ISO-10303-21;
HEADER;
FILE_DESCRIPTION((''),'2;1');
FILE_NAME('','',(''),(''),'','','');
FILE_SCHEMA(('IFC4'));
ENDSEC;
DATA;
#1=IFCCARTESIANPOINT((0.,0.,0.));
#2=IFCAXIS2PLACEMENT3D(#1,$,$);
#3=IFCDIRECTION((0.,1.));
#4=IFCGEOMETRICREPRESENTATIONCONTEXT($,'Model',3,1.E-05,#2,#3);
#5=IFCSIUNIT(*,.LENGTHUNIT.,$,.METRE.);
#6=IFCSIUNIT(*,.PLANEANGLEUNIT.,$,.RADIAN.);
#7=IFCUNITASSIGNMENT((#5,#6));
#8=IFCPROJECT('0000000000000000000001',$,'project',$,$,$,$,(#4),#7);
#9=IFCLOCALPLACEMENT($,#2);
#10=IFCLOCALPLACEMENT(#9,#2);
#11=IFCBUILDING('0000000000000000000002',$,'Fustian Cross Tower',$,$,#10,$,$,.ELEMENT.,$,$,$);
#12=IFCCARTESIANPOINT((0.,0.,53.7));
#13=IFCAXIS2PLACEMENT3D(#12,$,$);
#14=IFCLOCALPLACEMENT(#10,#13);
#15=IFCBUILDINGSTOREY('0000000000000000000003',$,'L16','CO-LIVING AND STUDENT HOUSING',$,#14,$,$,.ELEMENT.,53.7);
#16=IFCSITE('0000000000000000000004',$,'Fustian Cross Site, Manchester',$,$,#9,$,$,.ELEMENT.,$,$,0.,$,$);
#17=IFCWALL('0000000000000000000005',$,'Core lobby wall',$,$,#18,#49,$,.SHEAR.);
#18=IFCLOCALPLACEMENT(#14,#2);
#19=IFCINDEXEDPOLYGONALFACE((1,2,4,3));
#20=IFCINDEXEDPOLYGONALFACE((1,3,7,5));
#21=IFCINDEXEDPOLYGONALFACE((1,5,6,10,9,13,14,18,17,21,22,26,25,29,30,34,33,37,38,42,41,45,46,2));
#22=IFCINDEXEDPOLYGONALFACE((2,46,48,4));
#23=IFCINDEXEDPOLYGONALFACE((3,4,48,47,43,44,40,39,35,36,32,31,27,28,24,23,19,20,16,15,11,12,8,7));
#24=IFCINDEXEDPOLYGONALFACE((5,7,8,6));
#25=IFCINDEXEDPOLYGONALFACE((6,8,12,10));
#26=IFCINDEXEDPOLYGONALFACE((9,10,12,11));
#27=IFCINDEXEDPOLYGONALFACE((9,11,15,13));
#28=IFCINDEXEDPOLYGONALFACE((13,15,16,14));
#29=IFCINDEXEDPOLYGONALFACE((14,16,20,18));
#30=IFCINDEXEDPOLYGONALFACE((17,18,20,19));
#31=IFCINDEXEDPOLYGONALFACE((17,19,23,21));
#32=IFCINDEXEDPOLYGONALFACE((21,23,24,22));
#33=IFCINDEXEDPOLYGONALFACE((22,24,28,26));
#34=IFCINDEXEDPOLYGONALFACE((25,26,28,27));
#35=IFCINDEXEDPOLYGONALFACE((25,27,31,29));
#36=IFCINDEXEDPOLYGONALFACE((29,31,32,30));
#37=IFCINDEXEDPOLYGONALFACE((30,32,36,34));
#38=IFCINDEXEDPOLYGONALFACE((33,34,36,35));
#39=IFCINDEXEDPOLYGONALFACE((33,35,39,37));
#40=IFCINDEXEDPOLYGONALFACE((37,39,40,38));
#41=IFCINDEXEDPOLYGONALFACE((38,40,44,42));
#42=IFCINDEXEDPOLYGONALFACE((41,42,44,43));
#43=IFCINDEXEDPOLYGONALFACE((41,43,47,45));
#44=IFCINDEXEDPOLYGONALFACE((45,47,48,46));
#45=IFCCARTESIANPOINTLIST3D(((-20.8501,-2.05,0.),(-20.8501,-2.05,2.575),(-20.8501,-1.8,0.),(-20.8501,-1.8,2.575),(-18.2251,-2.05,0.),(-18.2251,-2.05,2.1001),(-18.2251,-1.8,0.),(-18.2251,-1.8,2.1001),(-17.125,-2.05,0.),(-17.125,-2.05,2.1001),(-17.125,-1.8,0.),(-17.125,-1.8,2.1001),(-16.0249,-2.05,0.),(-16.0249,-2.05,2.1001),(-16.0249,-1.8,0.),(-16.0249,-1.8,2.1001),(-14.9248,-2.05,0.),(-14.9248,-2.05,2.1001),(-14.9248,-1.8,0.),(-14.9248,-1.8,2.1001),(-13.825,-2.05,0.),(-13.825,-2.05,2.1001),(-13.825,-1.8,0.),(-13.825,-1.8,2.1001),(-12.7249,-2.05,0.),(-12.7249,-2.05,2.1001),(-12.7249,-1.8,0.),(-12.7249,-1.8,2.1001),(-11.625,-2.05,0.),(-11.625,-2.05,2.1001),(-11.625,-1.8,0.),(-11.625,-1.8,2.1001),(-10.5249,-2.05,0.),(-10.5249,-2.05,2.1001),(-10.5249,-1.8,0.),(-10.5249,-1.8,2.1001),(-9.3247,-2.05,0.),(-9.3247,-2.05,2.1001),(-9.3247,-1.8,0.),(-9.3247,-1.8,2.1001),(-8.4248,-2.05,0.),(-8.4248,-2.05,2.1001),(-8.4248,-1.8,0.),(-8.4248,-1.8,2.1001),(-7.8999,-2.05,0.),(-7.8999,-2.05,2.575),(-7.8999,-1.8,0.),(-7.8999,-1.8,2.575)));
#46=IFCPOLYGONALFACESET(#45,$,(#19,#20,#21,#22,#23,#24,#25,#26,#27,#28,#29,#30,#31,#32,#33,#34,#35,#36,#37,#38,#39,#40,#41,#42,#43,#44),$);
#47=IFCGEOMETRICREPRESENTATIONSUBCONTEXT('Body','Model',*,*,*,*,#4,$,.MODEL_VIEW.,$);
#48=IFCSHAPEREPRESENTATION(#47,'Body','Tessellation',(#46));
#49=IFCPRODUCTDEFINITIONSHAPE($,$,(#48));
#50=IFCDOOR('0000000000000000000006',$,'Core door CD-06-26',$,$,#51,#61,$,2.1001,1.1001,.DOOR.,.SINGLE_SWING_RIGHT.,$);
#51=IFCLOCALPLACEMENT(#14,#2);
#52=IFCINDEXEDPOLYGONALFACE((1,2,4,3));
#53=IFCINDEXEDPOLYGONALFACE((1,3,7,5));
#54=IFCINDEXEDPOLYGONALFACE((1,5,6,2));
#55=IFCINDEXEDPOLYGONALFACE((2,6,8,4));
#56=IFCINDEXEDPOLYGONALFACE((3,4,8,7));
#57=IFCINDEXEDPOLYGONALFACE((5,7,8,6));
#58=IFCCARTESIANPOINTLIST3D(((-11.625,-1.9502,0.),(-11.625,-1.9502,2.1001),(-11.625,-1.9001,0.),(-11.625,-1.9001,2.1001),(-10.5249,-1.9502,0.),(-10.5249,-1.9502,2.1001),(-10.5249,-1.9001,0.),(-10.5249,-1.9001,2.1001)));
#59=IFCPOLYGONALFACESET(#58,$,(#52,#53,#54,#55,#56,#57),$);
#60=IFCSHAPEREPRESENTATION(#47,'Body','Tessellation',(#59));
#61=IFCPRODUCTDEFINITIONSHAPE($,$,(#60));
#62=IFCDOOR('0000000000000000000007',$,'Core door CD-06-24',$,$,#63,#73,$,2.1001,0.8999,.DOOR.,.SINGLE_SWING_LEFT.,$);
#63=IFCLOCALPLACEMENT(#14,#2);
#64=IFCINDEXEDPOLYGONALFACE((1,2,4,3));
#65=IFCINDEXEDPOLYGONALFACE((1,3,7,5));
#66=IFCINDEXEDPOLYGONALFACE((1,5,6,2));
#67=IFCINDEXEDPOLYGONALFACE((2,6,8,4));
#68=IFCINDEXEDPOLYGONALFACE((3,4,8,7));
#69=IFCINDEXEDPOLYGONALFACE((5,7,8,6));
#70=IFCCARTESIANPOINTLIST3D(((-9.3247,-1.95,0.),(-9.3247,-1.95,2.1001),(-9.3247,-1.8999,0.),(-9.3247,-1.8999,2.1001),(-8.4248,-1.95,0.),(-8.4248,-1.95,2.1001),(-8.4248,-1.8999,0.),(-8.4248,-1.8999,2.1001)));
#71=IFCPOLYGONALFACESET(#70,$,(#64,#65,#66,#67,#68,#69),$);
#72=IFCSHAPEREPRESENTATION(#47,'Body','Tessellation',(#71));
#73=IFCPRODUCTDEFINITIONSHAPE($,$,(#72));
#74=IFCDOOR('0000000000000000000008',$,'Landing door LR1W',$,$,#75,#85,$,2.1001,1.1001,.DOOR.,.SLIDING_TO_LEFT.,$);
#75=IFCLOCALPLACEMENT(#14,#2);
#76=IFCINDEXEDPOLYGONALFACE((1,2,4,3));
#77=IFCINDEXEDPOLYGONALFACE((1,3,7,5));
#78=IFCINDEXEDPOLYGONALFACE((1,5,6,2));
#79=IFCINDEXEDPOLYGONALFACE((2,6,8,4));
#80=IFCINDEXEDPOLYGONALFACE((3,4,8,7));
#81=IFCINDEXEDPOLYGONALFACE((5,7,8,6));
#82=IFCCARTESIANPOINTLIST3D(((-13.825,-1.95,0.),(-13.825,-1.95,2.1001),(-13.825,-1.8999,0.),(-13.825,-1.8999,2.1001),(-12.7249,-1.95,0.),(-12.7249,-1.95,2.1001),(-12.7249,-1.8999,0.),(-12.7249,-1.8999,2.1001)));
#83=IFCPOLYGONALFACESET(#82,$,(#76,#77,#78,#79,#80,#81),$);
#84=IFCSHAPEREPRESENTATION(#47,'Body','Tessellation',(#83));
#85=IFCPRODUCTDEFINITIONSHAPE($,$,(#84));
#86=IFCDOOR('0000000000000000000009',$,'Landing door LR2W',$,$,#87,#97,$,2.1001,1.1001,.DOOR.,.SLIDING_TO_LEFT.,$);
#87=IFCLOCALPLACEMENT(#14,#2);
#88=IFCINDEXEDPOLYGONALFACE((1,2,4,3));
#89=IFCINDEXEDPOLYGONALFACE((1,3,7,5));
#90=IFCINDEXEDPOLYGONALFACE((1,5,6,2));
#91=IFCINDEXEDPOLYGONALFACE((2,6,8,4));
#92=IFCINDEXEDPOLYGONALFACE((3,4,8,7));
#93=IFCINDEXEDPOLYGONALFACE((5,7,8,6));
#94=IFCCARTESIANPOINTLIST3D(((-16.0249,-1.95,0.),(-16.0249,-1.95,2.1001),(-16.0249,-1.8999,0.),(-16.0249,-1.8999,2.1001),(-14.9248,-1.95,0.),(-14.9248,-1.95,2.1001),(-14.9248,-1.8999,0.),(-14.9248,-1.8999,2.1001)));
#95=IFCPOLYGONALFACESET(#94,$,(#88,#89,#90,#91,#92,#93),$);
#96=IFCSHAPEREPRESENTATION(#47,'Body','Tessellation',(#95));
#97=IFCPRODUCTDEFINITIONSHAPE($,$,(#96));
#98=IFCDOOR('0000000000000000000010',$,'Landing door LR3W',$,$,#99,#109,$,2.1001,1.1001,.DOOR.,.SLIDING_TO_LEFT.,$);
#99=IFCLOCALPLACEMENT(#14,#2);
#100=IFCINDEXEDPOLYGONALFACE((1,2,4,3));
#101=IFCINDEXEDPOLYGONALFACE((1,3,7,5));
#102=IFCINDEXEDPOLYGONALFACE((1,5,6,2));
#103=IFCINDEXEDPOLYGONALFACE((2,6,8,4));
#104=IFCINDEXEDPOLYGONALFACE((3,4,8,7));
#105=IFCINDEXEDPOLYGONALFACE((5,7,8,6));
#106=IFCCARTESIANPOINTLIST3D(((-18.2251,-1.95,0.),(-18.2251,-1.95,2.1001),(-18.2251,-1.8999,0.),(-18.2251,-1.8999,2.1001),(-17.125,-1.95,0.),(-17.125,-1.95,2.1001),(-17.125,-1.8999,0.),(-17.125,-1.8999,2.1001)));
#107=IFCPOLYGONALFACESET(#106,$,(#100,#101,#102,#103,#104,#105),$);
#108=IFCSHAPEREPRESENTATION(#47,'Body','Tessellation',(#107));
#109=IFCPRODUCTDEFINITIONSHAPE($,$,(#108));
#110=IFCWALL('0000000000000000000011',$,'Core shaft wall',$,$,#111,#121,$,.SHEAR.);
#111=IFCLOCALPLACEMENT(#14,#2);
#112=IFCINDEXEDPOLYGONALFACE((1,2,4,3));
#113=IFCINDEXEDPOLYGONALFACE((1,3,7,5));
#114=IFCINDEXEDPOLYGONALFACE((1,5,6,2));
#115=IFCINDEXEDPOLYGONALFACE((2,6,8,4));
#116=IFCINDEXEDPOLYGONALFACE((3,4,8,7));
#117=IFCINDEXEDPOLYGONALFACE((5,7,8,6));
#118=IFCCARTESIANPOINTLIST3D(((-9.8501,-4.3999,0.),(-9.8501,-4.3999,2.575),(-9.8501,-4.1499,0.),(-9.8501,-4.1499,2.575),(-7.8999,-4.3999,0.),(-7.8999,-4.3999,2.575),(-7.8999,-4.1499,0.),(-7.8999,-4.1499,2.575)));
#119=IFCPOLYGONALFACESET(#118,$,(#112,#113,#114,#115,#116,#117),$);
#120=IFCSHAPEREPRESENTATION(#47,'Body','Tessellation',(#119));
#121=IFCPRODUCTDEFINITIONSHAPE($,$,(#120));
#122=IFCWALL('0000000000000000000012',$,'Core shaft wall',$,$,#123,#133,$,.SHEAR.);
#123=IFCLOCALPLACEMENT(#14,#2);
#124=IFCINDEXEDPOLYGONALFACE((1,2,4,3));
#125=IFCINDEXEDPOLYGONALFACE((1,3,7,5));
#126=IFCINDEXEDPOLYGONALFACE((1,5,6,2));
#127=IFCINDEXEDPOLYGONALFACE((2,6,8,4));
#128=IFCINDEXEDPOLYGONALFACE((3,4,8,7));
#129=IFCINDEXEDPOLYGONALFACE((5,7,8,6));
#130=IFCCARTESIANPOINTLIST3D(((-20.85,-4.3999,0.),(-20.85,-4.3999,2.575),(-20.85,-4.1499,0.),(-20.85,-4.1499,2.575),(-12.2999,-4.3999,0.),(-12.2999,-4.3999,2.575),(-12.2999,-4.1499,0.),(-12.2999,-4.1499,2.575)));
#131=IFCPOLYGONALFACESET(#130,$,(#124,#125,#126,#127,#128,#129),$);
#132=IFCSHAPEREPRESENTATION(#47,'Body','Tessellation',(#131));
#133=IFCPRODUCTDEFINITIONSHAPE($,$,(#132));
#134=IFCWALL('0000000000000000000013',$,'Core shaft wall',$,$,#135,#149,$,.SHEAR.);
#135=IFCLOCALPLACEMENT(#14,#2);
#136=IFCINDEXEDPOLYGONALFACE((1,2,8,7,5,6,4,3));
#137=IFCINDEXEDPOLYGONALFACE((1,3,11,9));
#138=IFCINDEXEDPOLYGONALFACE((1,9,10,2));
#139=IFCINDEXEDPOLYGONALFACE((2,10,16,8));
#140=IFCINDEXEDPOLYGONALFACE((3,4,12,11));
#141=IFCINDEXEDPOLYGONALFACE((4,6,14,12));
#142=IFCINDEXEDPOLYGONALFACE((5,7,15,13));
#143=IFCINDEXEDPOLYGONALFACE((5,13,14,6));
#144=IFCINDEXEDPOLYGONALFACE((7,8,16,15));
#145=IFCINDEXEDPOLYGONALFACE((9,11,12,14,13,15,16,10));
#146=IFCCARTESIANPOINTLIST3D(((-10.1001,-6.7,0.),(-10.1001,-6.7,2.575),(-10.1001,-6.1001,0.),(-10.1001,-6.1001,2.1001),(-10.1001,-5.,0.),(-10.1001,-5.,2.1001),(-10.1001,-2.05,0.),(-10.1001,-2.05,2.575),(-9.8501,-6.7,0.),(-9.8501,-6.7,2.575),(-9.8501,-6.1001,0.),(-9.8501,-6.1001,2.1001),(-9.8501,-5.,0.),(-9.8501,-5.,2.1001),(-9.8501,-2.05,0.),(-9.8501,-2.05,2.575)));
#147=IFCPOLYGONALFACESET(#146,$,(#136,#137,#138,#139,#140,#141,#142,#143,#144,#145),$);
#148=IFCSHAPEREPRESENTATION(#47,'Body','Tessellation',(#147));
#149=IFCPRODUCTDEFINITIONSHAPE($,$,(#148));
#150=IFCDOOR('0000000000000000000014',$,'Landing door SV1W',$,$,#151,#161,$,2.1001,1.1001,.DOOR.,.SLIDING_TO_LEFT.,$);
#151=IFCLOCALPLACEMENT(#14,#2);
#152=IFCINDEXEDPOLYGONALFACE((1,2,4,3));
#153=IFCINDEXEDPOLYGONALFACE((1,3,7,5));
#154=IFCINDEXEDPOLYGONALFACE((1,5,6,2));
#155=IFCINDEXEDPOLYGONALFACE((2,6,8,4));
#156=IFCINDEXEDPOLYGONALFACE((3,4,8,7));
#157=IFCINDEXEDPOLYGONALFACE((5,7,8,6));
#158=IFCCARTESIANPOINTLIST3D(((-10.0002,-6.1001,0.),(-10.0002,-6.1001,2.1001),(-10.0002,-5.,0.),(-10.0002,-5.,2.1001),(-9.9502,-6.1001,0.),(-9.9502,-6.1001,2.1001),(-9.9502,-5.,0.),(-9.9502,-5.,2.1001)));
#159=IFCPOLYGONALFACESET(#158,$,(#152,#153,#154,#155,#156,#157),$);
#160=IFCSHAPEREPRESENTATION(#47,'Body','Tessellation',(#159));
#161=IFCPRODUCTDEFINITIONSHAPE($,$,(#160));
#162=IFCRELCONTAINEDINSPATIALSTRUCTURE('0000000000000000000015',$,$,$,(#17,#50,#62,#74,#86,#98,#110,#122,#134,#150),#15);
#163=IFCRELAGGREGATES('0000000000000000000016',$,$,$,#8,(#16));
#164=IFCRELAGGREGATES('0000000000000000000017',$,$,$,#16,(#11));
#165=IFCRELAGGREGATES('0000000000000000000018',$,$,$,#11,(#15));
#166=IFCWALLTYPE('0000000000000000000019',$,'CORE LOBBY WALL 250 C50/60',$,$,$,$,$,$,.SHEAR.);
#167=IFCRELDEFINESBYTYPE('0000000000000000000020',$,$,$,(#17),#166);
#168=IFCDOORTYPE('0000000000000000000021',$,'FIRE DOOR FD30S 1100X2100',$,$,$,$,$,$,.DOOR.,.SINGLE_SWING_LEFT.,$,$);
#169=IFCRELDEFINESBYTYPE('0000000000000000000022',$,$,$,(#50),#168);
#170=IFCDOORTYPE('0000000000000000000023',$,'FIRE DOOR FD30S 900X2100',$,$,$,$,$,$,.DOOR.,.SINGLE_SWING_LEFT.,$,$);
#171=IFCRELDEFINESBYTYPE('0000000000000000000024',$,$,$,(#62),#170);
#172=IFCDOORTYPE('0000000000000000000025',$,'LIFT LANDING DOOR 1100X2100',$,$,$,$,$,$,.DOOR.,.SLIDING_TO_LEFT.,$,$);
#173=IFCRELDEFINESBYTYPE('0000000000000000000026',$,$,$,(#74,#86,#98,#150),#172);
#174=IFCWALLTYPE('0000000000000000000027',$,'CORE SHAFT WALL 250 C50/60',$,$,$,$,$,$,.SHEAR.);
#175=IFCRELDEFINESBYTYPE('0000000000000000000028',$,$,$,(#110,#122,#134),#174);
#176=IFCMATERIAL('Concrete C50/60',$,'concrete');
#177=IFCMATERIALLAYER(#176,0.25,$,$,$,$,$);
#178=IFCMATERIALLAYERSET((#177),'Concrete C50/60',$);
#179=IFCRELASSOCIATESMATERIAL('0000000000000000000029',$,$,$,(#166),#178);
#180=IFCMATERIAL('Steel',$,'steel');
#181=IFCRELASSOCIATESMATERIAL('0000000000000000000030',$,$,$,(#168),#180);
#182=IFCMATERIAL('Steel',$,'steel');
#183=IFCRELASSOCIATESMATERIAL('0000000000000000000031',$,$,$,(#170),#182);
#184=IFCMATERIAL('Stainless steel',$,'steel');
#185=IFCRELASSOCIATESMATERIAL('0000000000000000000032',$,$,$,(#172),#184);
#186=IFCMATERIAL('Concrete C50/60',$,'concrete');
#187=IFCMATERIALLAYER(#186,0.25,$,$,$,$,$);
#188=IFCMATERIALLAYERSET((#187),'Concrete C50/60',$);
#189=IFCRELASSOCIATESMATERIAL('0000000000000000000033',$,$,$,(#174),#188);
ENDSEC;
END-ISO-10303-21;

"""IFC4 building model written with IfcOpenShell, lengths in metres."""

from ifc_helpers import new_model, si_unit, direction, frame, frame_2d, origin, place, context, subcontext, project, spatial, rectangle, extrude, material, layer, layer_set, type_object, element, fill, save


model = new_model("IFC4")

# Units and contexts
model_context = context("Model", 3, precision=1e-05, world=origin(), true_north=direction((0.0, 1.0)))
body_context = subcontext(model_context, "Body", "Model", "MODEL_VIEW")
ifc_project = project(units=[si_unit("LENGTHUNIT", "METRE"), si_unit("PLANEANGLEUNIT", "RADIAN")], contexts=[model_context])

# Site, building, storey
site_placement = place(None, origin())
site = spatial("IfcSite", under=ifc_project, at=site_placement, Name="Fustian Cross Site, Manchester", CompositionType="ELEMENT", RefElevation=0.0)
building_placement = place(site_placement, origin())
building = spatial("IfcBuilding", under=site, at=building_placement, Name="Fustian Cross Tower", CompositionType="ELEMENT")
storey_placement = place(building_placement, frame((0.0, 0.0, 53.7)))
storey = spatial("IfcBuildingStorey", under=building, at=storey_placement, Name="L16", Description="CO-LIVING AND STUDENT HOUSING", CompositionType="ELEMENT", Elevation=53.7)

# Wall, openings, doors
ifc_material_1 = material(Name="Concrete C50/60", Category="concrete")
ifc_layer_1 = layer(ifc_material_1, 0.25)
ifc_layer_set_1 = layer_set([ifc_layer_1], Name="Concrete C50/60")
wall_type_1 = type_object("IfcWallType", Name="CORE LOBBY WALL 250 C50/60", PredefinedType="SHEAR", material=ifc_layer_set_1)
wall_1_placement = place(storey_placement, frame((-7.8999, -1.925, 0.0), z_axis=(0.0, 0.0, 1.0), x_axis=(-1.0, 0.0, 0.0)))
wall_1 = element("IfcWall", 1, at=wall_1_placement, inside=storey, type_object=wall_type_1, Name="Core lobby wall", PredefinedType="SHEAR", context=body_context, shape_type="SweptSolid", body=[
    extrude(rectangle(XDim=12.9502, YDim=0.25, at=frame_2d((6.4751, 0.0))), origin(), (0.0, 0.0, 1.0), 2.575),
])
opening_1_placement = place(wall_1_placement, frame((4.825, 0.0, 0.0)))
opening_1 = element("IfcOpeningElement", 2, at=opening_1_placement, cuts=wall_1, PredefinedType="OPENING", context=body_context, shape_type="SweptSolid", body=[
    extrude(rectangle(XDim=1.1001, YDim=2.1001, at=frame_2d((0.55, 1.05))), frame((0.0, 0.135, 0.0), z_axis=(0.0, -1.0, 0.0), x_axis=(1.0, 0.0, 0.0)), (0.0, 0.0, 1.0), 0.27),
])
opening_2_placement = place(wall_1_placement, frame((7.0249, 0.0, 0.0)))
opening_2 = element("IfcOpeningElement", 3, at=opening_2_placement, cuts=wall_1, PredefinedType="OPENING", context=body_context, shape_type="SweptSolid", body=[
    extrude(rectangle(XDim=1.1001, YDim=2.1001, at=frame_2d((0.55, 1.05))), frame((0.0, 0.135, 0.0), z_axis=(0.0, -1.0, 0.0), x_axis=(1.0, 0.0, 0.0)), (0.0, 0.0, 1.0), 0.27),
])
opening_3_placement = place(wall_1_placement, frame((9.2251, 0.0, 0.0)))
opening_3 = element("IfcOpeningElement", 4, at=opening_3_placement, cuts=wall_1, PredefinedType="OPENING", context=body_context, shape_type="SweptSolid", body=[
    extrude(rectangle(XDim=1.1001, YDim=2.1001, at=frame_2d((0.55, 1.05))), frame((0.0, 0.135, 0.0), z_axis=(0.0, -1.0, 0.0), x_axis=(1.0, 0.0, 0.0)), (0.0, 0.0, 1.0), 0.27),
])
opening_4_placement = place(wall_1_placement, frame((0.5249, 0.0, 0.0)))
opening_4 = element("IfcOpeningElement", 5, at=opening_4_placement, cuts=wall_1, PredefinedType="OPENING", context=body_context, shape_type="SweptSolid", body=[
    extrude(rectangle(XDim=0.8999, YDim=2.1001, at=frame_2d((0.45, 1.05))), frame((0.0, 0.135, 0.0), z_axis=(0.0, -1.0, 0.0), x_axis=(1.0, 0.0, 0.0)), (0.0, 0.0, 1.0), 0.27),
])
opening_5_placement = place(wall_1_placement, frame((2.625, 0.0, 0.0)))
opening_5 = element("IfcOpeningElement", 6, at=opening_5_placement, cuts=wall_1, PredefinedType="OPENING", context=body_context, shape_type="SweptSolid", body=[
    extrude(rectangle(XDim=1.1001, YDim=2.1001, at=frame_2d((0.55, 1.05))), frame((0.0, 0.135, 0.0), z_axis=(0.0, -1.0, 0.0), x_axis=(1.0, 0.0, 0.0)), (0.0, 0.0, 1.0), 0.27),
])
ifc_material_2 = material(Name="Steel", Category="steel")
door_type_1 = type_object("IfcDoorType", Name="FIRE DOOR FD30S 1100X2100", OperationType="SINGLE_SWING_LEFT", PredefinedType="DOOR", material=ifc_material_2)
door_1_placement = place(opening_5_placement, frame((1.1001, 0.0, 0.0), z_axis=(0.0, 0.0, 1.0), x_axis=(-1.0, 0.0, 0.0)))
door_1 = element("IfcDoor", 7, at=door_1_placement, inside=storey, type_object=door_type_1, Name="Core door CD-06-26", OperationType="SINGLE_SWING_RIGHT", OverallHeight=2.1001, OverallWidth=1.1001, PredefinedType="DOOR", context=body_context, shape_type="SweptSolid", body=[
    extrude(rectangle(XDim=1.1001, YDim=2.1001, at=frame_2d((0.55, 1.05))), frame((0.0, 0.0249, 0.0), z_axis=(0.0, -1.0, 0.0), x_axis=(1.0, 0.0, 0.0)), (0.0, 0.0, 1.0), 0.05),
])
fill(opening_5, door_1)
ifc_material_3 = material(Name="Steel", Category="steel")
door_type_2 = type_object("IfcDoorType", Name="FIRE DOOR FD30S 900X2100", OperationType="SINGLE_SWING_LEFT", PredefinedType="DOOR", material=ifc_material_3)
door_2_placement = place(opening_4_placement, origin())
door_2 = element("IfcDoor", 8, at=door_2_placement, inside=storey, type_object=door_type_2, Name="Core door CD-06-24", OperationType="SINGLE_SWING_LEFT", OverallHeight=2.1001, OverallWidth=0.8999, PredefinedType="DOOR", context=body_context, shape_type="SweptSolid", body=[
    extrude(rectangle(XDim=0.8999, YDim=2.1001, at=frame_2d((0.45, 1.05))), frame((0.0, 0.0249, 0.0), z_axis=(0.0, -1.0, 0.0), x_axis=(1.0, 0.0, 0.0)), (0.0, 0.0, 1.0), 0.05),
])
fill(opening_4, door_2)
ifc_material_4 = material(Name="Stainless steel", Category="steel")
door_type_3 = type_object("IfcDoorType", Name="LIFT LANDING DOOR 1100X2100", OperationType="SLIDING_TO_LEFT", PredefinedType="DOOR", material=ifc_material_4)
door_3_placement = place(opening_1_placement, origin())
door_3 = element("IfcDoor", 9, at=door_3_placement, inside=storey, type_object=door_type_3, Name="Landing door LR1W", OperationType="SLIDING_TO_LEFT", OverallHeight=2.1001, OverallWidth=1.1001, PredefinedType="DOOR", context=body_context, shape_type="SweptSolid", body=[
    extrude(rectangle(XDim=1.1001, YDim=2.1001, at=frame_2d((0.55, 1.05))), frame((0.0, 0.0249, 0.0), z_axis=(0.0, -1.0, 0.0), x_axis=(1.0, 0.0, 0.0)), (0.0, 0.0, 1.0), 0.05),
])
fill(opening_1, door_3)
door_4_placement = place(opening_2_placement, origin())
door_4 = element("IfcDoor", 10, at=door_4_placement, inside=storey, type_object=door_type_3, Name="Landing door LR2W", OperationType="SLIDING_TO_LEFT", OverallHeight=2.1001, OverallWidth=1.1001, PredefinedType="DOOR", context=body_context, shape_type="SweptSolid", body=[
    extrude(rectangle(XDim=1.1001, YDim=2.1001, at=frame_2d((0.55, 1.05))), frame((0.0, 0.0249, 0.0), z_axis=(0.0, -1.0, 0.0), x_axis=(1.0, 0.0, 0.0)), (0.0, 0.0, 1.0), 0.05),
])
fill(opening_2, door_4)
door_5_placement = place(opening_3_placement, origin())
door_5 = element("IfcDoor", 11, at=door_5_placement, inside=storey, type_object=door_type_3, Name="Landing door LR3W", OperationType="SLIDING_TO_LEFT", OverallHeight=2.1001, OverallWidth=1.1001, PredefinedType="DOOR", context=body_context, shape_type="SweptSolid", body=[
    extrude(rectangle(XDim=1.1001, YDim=2.1001, at=frame_2d((0.55, 1.05))), frame((0.0, 0.0249, 0.0), z_axis=(0.0, -1.0, 0.0), x_axis=(1.0, 0.0, 0.0)), (0.0, 0.0, 1.0), 0.05),
])
fill(opening_3, door_5)

# Walls
ifc_material_5 = material(Name="Concrete C50/60", Category="concrete")
ifc_layer_2 = layer(ifc_material_5, 0.25)
ifc_layer_set_2 = layer_set([ifc_layer_2], Name="Concrete C50/60")
wall_type_2 = type_object("IfcWallType", Name="CORE SHAFT WALL 250 C50/60", PredefinedType="SHEAR", material=ifc_layer_set_2)
wall_2_placement = place(storey_placement, frame((-7.8999, -4.2749, 0.0), z_axis=(0.0, 0.0, 1.0), x_axis=(-1.0, 0.0, 0.0)))
element("IfcWall", 12, at=wall_2_placement, inside=storey, type_object=wall_type_2, Name="Core shaft wall", PredefinedType="SHEAR", context=body_context, shape_type="SweptSolid", body=[
    extrude(rectangle(XDim=1.9502, YDim=0.25, at=frame_2d((0.9751, 0.0))), origin(), (0.0, 0.0, 1.0), 2.575),
])
wall_3_placement = place(storey_placement, frame((-12.3, -4.2749, 0.0), z_axis=(0.0, 0.0, 1.0), x_axis=(-1.0, 0.0, 0.0)))
element("IfcWall", 13, at=wall_3_placement, inside=storey, type_object=wall_type_2, Name="Core shaft wall", PredefinedType="SHEAR", context=body_context, shape_type="SweptSolid", body=[
    extrude(rectangle(XDim=8.55, YDim=0.25, at=frame_2d((4.2749, 0.0))), origin(), (0.0, 0.0, 1.0), 2.575),
])

# Wall, opening, door
wall_4_placement = place(storey_placement, frame((-9.9751, -2.05, 0.0), z_axis=(0.0, 0.0, 1.0), x_axis=(0.0, -1.0, 0.0)))
wall_4 = element("IfcWall", 14, at=wall_4_placement, inside=storey, type_object=wall_type_2, Name="Core shaft wall", PredefinedType="SHEAR", context=body_context, shape_type="SweptSolid", body=[
    extrude(rectangle(XDim=4.6499, YDim=0.25, at=frame_2d((2.325, 0.0))), origin(), (0.0, 0.0, 1.0), 2.575),
])
opening_6_placement = place(wall_4_placement, frame((2.95, 0.0, 0.0)))
opening_6 = element("IfcOpeningElement", 15, at=opening_6_placement, cuts=wall_4, PredefinedType="OPENING", context=body_context, shape_type="SweptSolid", body=[
    extrude(rectangle(XDim=1.1001, YDim=2.1001, at=frame_2d((0.55, 1.05))), frame((0.0, 0.135, 0.0), z_axis=(0.0, -1.0, 0.0), x_axis=(1.0, 0.0, 0.0)), (0.0, 0.0, 1.0), 0.27),
])
door_6_placement = place(opening_6_placement, origin())
door_6 = element("IfcDoor", 16, at=door_6_placement, inside=storey, type_object=door_type_3, Name="Landing door SV1W", OperationType="SLIDING_TO_LEFT", OverallHeight=2.1001, OverallWidth=1.1001, PredefinedType="DOOR", context=body_context, shape_type="SweptSolid", body=[
    extrude(rectangle(XDim=1.1001, YDim=2.1001, at=frame_2d((0.55, 1.05))), frame((0.0, 0.0249, 0.0), z_axis=(0.0, -1.0, 0.0), x_axis=(1.0, 0.0, 0.0)), (0.0, 0.0, 1.0), 0.05),
])
fill(opening_6, door_6)

save(model, "model.ifc")
